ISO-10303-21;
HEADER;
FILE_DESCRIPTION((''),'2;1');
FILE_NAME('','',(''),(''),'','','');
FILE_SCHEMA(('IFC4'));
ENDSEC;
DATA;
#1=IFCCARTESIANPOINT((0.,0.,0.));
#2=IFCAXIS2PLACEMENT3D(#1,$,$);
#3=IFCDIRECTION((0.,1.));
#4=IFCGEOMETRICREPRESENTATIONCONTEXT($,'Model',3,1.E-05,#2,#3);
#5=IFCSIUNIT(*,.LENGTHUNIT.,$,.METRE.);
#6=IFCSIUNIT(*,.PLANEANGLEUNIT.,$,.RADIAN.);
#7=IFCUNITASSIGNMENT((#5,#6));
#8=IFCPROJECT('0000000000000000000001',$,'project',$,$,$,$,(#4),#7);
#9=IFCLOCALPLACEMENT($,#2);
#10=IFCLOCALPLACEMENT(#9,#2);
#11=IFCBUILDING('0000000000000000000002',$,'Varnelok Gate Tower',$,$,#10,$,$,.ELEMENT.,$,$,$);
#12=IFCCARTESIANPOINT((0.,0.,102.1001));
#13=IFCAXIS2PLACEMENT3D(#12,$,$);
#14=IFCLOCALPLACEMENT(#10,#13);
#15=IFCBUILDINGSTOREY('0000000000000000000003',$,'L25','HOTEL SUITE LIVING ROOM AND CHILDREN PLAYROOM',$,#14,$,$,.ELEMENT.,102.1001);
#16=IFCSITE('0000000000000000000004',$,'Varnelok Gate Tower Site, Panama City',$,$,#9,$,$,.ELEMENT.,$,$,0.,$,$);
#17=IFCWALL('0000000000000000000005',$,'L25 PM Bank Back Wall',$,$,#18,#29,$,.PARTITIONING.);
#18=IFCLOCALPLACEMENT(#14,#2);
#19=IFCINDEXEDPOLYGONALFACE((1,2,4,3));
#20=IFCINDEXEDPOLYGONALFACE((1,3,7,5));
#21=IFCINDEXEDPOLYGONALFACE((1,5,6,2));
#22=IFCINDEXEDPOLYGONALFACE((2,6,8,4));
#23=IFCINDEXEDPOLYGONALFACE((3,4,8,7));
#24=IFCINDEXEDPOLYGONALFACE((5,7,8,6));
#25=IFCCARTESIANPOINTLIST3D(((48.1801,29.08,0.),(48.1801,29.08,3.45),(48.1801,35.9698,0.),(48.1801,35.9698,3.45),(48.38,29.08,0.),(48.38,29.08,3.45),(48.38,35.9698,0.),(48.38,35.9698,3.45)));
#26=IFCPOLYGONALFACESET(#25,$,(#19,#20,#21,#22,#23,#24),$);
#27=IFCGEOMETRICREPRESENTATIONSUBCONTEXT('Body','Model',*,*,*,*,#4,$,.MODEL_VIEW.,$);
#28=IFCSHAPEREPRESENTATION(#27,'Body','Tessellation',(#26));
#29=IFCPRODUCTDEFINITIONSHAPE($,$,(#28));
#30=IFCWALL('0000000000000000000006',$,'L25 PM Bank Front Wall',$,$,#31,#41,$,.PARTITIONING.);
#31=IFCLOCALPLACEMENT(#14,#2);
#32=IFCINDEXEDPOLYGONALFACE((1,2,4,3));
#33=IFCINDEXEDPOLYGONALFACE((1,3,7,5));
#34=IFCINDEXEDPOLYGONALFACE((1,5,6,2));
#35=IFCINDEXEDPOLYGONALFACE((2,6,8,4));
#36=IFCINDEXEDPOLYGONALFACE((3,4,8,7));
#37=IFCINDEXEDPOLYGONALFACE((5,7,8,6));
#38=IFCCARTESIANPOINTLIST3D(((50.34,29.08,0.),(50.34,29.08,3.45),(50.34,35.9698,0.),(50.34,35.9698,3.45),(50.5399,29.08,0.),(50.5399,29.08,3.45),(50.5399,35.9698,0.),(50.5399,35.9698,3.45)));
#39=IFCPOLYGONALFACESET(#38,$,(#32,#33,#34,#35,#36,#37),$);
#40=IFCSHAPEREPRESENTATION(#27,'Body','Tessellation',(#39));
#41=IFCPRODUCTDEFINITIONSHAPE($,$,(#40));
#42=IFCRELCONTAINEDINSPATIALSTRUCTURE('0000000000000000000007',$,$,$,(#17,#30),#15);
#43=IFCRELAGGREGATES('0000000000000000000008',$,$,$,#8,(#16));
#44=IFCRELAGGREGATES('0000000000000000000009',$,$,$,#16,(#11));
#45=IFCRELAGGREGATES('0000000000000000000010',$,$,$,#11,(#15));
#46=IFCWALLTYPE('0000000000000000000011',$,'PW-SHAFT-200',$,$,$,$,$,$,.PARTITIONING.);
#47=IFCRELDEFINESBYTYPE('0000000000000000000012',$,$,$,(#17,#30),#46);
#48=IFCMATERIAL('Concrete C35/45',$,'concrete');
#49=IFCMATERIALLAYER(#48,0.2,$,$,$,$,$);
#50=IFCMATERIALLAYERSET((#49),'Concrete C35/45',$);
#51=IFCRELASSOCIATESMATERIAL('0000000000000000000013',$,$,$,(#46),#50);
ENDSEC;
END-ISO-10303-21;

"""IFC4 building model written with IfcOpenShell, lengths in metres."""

from ifc_helpers import new_model, si_unit, direction, frame, frame_2d, origin, place, context, subcontext, project, spatial, rectangle, extrude, material, layer, layer_set, type_object, element, save


model = new_model("IFC4")

# Units and contexts
model_context = context("Model", 3, precision=1e-05, world=origin(), true_north=direction((0.0, 1.0)))
body_context = subcontext(model_context, "Body", "Model", "MODEL_VIEW")
ifc_project = project(units=[si_unit("LENGTHUNIT", "METRE"), si_unit("PLANEANGLEUNIT", "RADIAN")], contexts=[model_context])

# Site, building, storey
site_placement = place(None, origin())
site = spatial("IfcSite", under=ifc_project, at=site_placement, Name="Varnelok Gate Tower Site, Panama City", CompositionType="ELEMENT", RefElevation=0.0)
building_placement = place(site_placement, origin())
building = spatial("IfcBuilding", under=site, at=building_placement, Name="Varnelok Gate Tower", CompositionType="ELEMENT")
storey_placement = place(building_placement, frame((0.0, 0.0, 102.1001)))
storey = spatial("IfcBuildingStorey", under=building, at=storey_placement, Name="L25", Description="HOTEL SUITE LIVING ROOM AND CHILDREN PLAYROOM", CompositionType="ELEMENT", Elevation=102.1001)

# Walls
ifc_material_1 = material(Name="Concrete C35/45", Category="concrete")
ifc_layer_1 = layer(ifc_material_1, 0.2)
ifc_layer_set_1 = layer_set([ifc_layer_1], Name="Concrete C35/45")
wall_type_1 = type_object("IfcWallType", Name="PW-SHAFT-200", PredefinedType="PARTITIONING", material=ifc_layer_set_1)
for number, where, z_axis, x_axis, name in (
    (1, (48.28, 29.0801, 0.0), (0.0, 0.0, 1.0), (0.0, 1.0, 0.0), "L25 PM Bank Back Wall"),
    (2, (50.4399, 29.0801, 0.0), (0.0, 0.0, 1.0), (0.0, 1.0, 0.0), "L25 PM Bank Front Wall"),
):
    element("IfcWall", number, at=place(storey_placement, frame(where, z_axis=z_axis, x_axis=x_axis)), inside=storey, type_object=wall_type_1, Name=name, PredefinedType="PARTITIONING", context=body_context, shape_type="SweptSolid", body=[
        extrude(rectangle(XDim=6.8899, YDim=0.2, at=frame_2d((3.4448, 0.0))), origin(), (0.0, 0.0, 1.0), 3.45),
    ])

save(model, "model.ifc")
